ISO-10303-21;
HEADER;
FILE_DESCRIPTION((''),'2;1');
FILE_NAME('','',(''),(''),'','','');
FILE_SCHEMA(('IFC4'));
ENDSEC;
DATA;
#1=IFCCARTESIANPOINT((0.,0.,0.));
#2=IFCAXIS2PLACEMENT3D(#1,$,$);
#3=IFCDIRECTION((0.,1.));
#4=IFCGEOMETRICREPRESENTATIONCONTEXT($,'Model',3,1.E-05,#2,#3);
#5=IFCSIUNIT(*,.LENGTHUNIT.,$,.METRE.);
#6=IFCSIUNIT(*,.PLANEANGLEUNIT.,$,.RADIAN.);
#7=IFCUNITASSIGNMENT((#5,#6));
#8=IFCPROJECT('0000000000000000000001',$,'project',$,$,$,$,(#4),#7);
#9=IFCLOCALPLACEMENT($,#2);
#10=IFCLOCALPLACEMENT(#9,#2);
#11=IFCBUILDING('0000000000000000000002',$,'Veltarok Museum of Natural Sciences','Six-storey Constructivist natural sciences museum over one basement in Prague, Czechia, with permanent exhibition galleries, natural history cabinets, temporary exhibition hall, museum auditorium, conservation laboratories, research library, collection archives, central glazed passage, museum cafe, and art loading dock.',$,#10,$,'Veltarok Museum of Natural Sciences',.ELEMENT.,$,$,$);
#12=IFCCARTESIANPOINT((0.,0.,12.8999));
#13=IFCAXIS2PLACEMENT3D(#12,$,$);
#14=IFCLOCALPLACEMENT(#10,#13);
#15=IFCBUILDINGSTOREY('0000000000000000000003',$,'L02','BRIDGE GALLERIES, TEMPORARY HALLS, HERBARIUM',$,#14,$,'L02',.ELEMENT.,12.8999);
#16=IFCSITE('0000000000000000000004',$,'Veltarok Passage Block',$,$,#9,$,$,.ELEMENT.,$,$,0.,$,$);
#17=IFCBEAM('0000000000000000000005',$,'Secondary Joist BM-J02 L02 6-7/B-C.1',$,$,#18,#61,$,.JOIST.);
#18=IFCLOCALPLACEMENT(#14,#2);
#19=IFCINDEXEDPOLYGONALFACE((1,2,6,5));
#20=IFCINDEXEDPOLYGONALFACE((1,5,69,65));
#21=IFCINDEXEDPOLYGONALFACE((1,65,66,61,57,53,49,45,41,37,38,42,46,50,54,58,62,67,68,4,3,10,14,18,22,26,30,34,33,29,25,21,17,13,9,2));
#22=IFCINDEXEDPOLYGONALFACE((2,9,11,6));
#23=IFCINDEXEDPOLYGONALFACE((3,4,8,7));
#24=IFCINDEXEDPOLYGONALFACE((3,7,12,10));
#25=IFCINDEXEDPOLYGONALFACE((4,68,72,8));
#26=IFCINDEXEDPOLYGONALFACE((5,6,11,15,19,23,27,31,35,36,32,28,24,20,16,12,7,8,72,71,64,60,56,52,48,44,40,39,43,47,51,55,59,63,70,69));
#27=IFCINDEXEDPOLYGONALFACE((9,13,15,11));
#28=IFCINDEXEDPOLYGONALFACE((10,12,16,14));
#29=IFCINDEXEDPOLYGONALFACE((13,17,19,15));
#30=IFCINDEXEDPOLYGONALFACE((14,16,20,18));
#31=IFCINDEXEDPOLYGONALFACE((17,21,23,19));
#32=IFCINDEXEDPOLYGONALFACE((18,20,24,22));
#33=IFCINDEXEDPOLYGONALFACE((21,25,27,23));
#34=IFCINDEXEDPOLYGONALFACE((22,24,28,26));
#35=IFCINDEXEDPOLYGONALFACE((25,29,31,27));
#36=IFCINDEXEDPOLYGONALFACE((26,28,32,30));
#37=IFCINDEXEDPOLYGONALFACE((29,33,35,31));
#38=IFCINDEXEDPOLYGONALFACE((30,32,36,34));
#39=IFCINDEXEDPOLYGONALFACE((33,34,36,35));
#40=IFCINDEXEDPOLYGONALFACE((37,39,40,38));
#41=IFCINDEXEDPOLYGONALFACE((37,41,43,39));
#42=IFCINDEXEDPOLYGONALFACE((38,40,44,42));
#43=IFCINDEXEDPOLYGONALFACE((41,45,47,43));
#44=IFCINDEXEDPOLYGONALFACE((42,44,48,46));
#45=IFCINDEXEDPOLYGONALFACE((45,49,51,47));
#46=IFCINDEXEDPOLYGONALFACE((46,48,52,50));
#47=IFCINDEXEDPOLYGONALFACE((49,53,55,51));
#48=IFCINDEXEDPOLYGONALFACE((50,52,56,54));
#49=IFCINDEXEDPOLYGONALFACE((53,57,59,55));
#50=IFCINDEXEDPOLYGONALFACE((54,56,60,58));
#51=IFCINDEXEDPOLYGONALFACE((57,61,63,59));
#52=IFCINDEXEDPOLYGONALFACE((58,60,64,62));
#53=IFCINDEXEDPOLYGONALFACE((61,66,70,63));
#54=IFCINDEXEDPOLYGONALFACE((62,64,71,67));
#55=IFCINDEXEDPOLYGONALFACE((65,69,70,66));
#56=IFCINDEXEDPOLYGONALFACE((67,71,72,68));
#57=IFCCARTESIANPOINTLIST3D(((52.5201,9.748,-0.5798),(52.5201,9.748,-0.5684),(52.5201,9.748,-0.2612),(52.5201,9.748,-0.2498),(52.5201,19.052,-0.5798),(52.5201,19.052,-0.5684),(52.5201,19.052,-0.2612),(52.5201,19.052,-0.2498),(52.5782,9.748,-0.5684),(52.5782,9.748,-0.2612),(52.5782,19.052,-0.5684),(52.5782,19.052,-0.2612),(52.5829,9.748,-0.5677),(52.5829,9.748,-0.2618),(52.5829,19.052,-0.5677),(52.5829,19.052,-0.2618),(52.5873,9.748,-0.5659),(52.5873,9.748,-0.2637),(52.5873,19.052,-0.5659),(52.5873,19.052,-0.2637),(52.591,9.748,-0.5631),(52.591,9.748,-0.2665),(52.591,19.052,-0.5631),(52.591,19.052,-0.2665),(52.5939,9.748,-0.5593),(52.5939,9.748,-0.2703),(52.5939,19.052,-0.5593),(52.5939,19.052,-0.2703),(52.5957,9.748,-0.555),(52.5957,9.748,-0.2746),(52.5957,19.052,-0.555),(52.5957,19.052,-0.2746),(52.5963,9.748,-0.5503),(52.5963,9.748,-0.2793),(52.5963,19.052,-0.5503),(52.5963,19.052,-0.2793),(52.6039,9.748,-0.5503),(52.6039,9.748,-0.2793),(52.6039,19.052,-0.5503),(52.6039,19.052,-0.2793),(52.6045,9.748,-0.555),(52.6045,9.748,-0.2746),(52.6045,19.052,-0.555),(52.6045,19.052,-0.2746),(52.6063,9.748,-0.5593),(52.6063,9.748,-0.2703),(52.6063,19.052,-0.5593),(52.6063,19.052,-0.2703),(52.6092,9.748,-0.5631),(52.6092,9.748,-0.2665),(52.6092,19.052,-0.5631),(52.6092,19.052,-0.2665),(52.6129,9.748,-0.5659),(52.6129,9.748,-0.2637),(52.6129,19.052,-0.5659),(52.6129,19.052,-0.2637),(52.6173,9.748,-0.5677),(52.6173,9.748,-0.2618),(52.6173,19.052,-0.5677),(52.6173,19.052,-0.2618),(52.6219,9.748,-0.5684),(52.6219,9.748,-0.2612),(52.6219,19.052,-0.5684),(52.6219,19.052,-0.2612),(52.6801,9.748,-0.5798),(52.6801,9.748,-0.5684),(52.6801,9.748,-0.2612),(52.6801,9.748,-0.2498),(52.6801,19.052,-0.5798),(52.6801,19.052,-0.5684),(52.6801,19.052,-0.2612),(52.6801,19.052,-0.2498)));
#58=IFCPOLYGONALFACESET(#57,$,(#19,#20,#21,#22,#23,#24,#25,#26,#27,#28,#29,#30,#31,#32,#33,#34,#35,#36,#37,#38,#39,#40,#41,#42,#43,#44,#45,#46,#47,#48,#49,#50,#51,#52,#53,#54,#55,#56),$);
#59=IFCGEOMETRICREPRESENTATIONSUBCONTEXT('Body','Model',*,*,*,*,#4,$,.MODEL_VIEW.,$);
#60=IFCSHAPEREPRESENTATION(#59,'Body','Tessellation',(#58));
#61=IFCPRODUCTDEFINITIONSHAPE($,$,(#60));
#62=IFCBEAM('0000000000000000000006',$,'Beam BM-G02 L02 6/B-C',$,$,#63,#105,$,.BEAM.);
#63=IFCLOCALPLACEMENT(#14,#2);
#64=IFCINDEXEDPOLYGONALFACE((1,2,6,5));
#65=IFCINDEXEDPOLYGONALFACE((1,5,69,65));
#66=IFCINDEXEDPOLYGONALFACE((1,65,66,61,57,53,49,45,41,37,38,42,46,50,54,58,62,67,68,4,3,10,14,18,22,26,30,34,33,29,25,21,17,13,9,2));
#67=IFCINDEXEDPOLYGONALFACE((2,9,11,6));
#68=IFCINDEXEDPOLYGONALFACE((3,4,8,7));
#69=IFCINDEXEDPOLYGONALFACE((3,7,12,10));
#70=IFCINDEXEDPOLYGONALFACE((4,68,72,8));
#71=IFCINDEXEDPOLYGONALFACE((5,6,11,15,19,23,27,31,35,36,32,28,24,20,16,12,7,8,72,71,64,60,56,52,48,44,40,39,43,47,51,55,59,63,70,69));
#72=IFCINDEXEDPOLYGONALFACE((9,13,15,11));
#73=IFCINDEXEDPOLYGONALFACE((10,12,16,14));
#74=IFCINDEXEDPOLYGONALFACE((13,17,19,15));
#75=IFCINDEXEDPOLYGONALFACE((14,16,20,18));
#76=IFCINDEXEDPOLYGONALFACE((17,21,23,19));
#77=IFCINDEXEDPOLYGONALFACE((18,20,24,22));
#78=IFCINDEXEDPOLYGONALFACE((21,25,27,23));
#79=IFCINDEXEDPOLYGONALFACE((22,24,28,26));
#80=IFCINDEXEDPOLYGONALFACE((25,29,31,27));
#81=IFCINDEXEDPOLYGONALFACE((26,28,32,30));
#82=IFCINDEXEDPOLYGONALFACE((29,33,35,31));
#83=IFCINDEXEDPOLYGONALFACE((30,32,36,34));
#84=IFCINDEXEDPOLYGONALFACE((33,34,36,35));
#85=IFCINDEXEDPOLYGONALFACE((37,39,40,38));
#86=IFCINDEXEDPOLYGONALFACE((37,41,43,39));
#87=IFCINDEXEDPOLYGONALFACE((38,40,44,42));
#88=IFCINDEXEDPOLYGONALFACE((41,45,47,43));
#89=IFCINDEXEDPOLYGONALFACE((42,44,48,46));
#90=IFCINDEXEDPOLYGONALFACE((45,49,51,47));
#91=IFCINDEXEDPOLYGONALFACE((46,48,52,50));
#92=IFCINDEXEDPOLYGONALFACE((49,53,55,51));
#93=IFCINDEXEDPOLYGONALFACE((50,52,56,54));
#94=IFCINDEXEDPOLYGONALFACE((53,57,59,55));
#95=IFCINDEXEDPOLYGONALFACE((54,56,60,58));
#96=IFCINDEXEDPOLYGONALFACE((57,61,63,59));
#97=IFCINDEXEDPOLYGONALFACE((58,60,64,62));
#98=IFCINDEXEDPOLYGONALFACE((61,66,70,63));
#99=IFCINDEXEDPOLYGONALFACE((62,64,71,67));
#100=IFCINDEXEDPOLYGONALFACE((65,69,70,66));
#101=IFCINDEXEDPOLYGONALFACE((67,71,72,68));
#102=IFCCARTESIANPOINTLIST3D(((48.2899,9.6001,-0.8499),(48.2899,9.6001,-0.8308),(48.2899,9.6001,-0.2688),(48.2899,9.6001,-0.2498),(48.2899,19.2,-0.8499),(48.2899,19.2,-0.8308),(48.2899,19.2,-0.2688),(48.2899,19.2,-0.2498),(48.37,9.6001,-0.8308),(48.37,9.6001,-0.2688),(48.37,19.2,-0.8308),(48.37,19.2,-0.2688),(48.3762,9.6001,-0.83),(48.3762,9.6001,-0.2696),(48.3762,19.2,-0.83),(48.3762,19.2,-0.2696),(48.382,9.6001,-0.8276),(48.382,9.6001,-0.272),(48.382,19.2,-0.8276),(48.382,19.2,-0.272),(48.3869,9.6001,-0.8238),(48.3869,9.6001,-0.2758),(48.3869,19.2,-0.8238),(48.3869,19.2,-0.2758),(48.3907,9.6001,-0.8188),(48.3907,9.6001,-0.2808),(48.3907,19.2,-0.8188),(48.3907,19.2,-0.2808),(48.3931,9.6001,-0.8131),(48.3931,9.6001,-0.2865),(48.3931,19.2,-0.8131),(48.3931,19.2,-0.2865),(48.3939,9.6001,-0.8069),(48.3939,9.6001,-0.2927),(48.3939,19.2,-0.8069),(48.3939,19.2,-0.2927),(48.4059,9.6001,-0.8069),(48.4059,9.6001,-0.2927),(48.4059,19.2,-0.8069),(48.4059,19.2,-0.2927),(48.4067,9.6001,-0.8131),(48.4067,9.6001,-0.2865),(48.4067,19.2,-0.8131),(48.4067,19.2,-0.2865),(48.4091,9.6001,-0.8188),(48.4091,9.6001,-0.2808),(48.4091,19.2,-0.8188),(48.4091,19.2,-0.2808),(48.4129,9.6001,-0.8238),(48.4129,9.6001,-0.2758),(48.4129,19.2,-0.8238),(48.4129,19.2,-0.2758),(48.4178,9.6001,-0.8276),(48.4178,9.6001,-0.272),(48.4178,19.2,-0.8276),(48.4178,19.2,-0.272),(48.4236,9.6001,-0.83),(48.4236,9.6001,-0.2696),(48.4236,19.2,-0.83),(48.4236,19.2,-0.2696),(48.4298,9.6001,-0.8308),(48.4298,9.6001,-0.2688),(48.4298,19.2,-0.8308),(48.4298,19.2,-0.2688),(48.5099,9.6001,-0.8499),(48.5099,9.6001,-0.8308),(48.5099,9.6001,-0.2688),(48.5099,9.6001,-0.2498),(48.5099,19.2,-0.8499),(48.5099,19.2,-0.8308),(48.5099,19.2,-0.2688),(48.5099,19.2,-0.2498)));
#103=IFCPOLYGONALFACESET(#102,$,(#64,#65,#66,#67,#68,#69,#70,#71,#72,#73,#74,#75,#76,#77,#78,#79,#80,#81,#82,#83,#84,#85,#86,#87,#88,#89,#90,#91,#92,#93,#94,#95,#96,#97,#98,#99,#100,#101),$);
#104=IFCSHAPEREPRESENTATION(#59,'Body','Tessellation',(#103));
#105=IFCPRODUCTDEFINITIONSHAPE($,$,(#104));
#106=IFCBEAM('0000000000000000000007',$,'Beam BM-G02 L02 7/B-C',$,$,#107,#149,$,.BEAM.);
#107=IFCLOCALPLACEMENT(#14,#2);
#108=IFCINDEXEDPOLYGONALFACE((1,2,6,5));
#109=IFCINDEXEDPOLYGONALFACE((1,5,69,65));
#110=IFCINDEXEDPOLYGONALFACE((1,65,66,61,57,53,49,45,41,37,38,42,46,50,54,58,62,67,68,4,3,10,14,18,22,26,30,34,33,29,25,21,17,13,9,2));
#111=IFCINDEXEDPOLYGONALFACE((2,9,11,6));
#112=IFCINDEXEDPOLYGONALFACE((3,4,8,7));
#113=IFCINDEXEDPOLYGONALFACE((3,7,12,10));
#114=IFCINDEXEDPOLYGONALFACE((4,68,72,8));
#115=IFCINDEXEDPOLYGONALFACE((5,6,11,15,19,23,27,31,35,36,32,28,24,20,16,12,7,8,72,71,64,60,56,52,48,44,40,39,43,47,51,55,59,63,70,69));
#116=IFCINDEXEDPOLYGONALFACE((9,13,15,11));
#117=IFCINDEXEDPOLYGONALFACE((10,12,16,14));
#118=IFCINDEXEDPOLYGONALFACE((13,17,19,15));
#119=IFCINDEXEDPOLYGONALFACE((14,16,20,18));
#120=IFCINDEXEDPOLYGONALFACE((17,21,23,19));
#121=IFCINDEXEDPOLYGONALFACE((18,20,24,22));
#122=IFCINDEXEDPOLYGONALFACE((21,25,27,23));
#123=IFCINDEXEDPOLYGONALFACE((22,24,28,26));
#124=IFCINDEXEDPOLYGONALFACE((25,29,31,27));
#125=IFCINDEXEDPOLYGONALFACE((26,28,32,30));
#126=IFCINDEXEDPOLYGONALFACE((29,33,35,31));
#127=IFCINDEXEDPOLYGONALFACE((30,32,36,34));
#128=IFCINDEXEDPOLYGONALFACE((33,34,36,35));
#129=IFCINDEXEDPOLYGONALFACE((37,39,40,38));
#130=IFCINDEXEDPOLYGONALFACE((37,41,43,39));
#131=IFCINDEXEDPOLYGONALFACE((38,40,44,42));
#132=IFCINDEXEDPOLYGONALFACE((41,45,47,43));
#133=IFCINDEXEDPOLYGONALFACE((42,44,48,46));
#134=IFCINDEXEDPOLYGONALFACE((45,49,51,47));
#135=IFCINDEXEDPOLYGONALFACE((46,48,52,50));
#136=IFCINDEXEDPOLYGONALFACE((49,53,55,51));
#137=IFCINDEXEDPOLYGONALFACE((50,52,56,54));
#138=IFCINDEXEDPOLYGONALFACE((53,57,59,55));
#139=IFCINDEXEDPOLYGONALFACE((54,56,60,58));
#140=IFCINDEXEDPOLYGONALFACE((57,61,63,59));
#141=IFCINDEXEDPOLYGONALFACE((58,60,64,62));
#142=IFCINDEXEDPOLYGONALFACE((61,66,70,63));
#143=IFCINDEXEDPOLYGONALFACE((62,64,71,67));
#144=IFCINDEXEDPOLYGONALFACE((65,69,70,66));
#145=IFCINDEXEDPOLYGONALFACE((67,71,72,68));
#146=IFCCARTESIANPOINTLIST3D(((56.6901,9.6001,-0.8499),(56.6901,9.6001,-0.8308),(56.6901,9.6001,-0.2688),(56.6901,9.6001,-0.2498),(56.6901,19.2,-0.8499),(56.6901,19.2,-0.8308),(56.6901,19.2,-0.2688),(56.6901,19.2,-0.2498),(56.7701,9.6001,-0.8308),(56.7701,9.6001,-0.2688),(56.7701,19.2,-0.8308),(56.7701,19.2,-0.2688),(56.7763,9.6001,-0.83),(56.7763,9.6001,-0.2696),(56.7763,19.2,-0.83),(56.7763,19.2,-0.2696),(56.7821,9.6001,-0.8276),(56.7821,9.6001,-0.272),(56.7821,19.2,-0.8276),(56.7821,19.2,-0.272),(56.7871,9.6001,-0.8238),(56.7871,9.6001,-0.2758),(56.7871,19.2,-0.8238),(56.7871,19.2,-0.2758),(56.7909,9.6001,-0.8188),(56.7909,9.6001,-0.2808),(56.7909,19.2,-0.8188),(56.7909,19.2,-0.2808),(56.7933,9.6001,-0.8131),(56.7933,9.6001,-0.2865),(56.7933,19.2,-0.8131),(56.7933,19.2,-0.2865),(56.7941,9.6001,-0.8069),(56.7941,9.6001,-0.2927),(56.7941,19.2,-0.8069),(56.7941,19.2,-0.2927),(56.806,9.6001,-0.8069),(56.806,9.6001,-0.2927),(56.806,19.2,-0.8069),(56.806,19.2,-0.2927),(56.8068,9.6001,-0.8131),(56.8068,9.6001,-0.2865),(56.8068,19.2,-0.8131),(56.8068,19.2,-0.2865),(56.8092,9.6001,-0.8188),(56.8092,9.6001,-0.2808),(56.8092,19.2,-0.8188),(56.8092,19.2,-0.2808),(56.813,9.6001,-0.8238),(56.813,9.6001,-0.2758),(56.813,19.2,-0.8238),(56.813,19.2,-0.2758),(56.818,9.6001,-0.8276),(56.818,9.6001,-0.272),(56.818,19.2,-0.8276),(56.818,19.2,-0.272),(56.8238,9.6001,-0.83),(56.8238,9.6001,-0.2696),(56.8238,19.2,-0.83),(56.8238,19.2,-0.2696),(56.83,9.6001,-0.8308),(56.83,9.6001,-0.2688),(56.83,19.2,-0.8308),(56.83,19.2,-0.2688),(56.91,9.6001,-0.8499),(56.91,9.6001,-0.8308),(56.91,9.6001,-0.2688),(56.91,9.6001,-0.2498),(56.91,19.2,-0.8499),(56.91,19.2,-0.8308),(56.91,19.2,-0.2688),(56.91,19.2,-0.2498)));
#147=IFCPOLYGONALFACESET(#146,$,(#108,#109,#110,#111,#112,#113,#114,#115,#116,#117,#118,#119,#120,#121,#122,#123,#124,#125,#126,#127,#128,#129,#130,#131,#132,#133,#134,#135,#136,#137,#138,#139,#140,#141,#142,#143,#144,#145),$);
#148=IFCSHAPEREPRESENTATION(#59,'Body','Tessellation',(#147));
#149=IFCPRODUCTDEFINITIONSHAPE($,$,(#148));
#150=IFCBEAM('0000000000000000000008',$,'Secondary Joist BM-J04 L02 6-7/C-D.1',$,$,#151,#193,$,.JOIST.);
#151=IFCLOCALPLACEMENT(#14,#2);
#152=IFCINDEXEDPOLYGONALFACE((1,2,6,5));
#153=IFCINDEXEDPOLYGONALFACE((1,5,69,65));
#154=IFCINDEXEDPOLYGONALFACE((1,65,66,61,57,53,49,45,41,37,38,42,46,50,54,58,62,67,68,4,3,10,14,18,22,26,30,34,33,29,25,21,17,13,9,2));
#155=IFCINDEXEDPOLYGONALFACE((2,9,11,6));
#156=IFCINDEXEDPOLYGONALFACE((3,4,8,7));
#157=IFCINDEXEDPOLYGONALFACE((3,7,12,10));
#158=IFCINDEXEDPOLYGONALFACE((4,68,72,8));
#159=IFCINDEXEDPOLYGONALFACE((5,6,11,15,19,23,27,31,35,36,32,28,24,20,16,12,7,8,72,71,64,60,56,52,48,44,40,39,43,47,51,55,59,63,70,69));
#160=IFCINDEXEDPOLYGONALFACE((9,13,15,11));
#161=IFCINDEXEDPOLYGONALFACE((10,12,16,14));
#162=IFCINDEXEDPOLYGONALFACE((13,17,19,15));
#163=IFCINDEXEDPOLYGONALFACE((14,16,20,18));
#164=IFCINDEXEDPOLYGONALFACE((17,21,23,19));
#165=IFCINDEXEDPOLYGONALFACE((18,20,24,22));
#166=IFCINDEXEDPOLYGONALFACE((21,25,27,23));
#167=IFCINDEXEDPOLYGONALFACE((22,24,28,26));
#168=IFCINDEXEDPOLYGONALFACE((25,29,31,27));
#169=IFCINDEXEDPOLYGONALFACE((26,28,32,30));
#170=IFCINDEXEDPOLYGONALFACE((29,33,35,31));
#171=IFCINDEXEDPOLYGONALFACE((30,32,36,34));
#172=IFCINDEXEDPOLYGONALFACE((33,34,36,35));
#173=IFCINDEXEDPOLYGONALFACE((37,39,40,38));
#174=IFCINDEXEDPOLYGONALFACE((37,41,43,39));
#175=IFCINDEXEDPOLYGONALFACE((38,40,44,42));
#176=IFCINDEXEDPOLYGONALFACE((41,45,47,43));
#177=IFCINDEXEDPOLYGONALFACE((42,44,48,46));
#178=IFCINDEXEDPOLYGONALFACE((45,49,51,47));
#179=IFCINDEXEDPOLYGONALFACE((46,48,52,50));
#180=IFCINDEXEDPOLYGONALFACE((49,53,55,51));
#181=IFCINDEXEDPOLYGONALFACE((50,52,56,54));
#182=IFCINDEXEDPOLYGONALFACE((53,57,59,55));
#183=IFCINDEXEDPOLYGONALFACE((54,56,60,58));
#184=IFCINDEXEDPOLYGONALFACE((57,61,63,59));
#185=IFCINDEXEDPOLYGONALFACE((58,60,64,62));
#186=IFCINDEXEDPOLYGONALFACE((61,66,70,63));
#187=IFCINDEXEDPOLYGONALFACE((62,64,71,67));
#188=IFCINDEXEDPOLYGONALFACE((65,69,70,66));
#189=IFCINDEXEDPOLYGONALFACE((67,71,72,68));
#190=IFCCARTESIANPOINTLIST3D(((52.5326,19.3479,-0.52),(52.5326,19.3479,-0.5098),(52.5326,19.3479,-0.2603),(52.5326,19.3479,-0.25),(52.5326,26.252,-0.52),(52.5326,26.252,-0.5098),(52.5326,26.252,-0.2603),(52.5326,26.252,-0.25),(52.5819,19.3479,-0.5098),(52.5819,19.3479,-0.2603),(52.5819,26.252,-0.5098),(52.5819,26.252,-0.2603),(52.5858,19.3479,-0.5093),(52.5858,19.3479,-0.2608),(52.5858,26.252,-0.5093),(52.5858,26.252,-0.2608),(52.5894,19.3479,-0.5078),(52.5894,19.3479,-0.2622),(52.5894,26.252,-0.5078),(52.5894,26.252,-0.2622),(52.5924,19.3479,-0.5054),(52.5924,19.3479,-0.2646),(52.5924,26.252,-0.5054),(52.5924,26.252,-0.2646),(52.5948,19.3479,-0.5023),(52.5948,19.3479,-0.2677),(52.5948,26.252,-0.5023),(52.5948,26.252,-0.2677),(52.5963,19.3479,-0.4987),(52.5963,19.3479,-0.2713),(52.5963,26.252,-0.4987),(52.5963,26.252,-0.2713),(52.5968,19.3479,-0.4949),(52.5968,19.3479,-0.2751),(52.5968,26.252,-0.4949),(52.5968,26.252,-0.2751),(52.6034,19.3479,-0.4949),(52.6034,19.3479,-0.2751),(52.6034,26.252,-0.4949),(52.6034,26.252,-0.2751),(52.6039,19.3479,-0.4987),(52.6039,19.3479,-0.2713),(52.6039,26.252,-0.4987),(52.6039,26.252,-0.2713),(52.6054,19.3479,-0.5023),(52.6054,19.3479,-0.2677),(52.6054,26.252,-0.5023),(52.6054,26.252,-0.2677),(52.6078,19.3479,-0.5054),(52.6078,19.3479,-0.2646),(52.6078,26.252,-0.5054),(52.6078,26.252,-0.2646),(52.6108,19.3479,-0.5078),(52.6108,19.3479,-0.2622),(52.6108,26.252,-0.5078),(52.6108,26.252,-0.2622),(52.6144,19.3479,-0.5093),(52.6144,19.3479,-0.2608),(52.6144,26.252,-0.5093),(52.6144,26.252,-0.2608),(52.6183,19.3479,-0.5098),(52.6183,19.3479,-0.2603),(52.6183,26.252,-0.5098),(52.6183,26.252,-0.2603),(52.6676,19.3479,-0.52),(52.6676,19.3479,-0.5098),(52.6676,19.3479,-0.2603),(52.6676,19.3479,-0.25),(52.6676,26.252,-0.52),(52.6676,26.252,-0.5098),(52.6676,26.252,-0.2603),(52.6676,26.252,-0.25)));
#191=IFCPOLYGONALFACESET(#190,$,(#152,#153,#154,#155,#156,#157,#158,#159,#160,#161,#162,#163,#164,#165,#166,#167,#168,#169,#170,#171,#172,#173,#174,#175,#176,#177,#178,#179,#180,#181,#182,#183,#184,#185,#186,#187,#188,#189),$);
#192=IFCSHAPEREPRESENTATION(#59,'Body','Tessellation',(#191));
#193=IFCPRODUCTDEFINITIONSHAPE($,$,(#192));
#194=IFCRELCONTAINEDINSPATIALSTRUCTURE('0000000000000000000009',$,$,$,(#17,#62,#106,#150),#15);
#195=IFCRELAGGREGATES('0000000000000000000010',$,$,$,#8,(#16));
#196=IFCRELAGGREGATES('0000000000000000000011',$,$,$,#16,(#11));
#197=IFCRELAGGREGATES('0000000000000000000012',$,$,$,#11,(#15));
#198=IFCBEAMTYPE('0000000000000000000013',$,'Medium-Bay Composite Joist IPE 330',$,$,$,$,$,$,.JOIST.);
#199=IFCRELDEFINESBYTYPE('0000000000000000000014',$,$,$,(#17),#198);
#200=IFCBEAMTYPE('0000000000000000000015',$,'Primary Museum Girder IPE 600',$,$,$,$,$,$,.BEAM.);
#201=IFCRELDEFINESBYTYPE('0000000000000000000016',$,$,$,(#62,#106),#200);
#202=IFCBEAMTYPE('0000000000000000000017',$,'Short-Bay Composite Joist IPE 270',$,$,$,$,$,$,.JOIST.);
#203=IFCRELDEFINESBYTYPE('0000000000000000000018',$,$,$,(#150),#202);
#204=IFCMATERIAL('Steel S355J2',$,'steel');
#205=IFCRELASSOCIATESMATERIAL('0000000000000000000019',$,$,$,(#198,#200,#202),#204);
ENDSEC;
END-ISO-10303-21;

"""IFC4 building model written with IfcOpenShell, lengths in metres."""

from ifc_helpers import new_model, si_unit, direction, frame, origin, origin_2d, place, context, subcontext, project, spatial, i_section, extrude, material, material_profile, profile_set, type_object, element, save


model = new_model("IFC4")

# Units and contexts
model_context = context("Model", 3, precision=1e-05, world=origin(), true_north=direction((0.0, 1.0)))
body_context = subcontext(model_context, "Body", "Model", "MODEL_VIEW")
ifc_project = project(units=[si_unit("LENGTHUNIT", "METRE"), si_unit("PLANEANGLEUNIT", "RADIAN")], contexts=[model_context])

# Site, building, storey
site_placement = place(None, origin())
site = spatial("IfcSite", under=ifc_project, at=site_placement, Name="Veltarok Passage Block", CompositionType="ELEMENT", RefElevation=0.0)
building_placement = place(site_placement, origin())
building = spatial("IfcBuilding", under=site, at=building_placement, Name="Veltarok Museum of Natural Sciences", Description="Six-storey Constructivist natural sciences museum over one basement in Prague, Czechia, with permanent exhibition galleries, natural history cabinets, temporary exhibition hall, museum auditorium, conservation laboratories, research library, collection archives, central glazed passage, museum cafe, and art loading dock.", LongName="Veltarok Museum of Natural Sciences", CompositionType="ELEMENT")
storey_placement = place(building_placement, frame((0.0, 0.0, 12.8999)))
storey = spatial("IfcBuildingStorey", under=building, at=storey_placement, Name="L02", Description="BRIDGE GALLERIES, TEMPORARY HALLS, HERBARIUM", LongName="L02", CompositionType="ELEMENT", Elevation=12.8999)

# Shared definitions
ifc_material_1 = material(Name="Steel S355J2", Category="steel")

# Beams
ifc_material_profile_1 = material_profile(ifc_material_1, i_section(OverallWidth=0.1599, OverallDepth=0.3301, WebThickness=0.0076, FlangeThickness=0.0115, FilletRadius=0.0181, at=origin_2d()), Name="IPE 330")
ifc_profile_set_1 = profile_set([ifc_material_profile_1], Name="Steel S355J2")
beam_type_1 = type_object("IfcBeamType", Name="Medium-Bay Composite Joist IPE 330", PredefinedType="JOIST", material=ifc_profile_set_1)
beam_1_placement = place(storey_placement, frame((52.6001, 9.748, -0.4148), z_axis=(0.0, 1.0, 0.0), x_axis=(-1.0, 0.0, 0.0)))
element("IfcBeam", 1, at=beam_1_placement, inside=storey, type_object=beam_type_1, Name="Secondary Joist BM-J02 L02 6-7/B-C.1", PredefinedType="JOIST", context=body_context, shape_type="SweptSolid", body=[
    extrude(i_section(OverallWidth=0.1599, OverallDepth=0.3301, WebThickness=0.0076, FlangeThickness=0.0115, FilletRadius=0.0181, at=origin_2d()), origin(), (0.0, 0.0, 1.0), 9.304),
])
ifc_material_profile_2 = material_profile(ifc_material_1, i_section(OverallWidth=0.22, OverallDepth=0.6001, WebThickness=0.012, FlangeThickness=0.019, FilletRadius=0.0239, at=origin_2d()), Name="IPE 600")
ifc_profile_set_2 = profile_set([ifc_material_profile_2], Name="Steel S355J2")
beam_type_2 = type_object("IfcBeamType", Name="Primary Museum Girder IPE 600", PredefinedType="BEAM", material=ifc_profile_set_2)
for number, where, z_axis, x_axis, name in (
    (2, (48.3999, 9.6001, -0.5498), (0.0, 1.0, 0.0), (-1.0, 0.0, 0.0), "Beam BM-G02 L02 6/B-C"),
    (3, (56.8, 9.6001, -0.5498), (0.0, 1.0, 0.0), (-1.0, 0.0, 0.0), "Beam BM-G02 L02 7/B-C"),
):
    element("IfcBeam", number, at=place(storey_placement, frame(where, z_axis=z_axis, x_axis=x_axis)), inside=storey, type_object=beam_type_2, Name=name, PredefinedType="BEAM", context=body_context, shape_type="SweptSolid", body=[
        extrude(i_section(OverallWidth=0.22, OverallDepth=0.6001, WebThickness=0.012, FlangeThickness=0.019, FilletRadius=0.0239, at=origin_2d()), origin(), (0.0, 0.0, 1.0), 9.5999),
    ])
ifc_material_profile_3 = material_profile(ifc_material_1, i_section(OverallWidth=0.135, OverallDepth=0.27, WebThickness=0.0066, FlangeThickness=0.0103, FilletRadius=0.0149, at=origin_2d()), Name="IPE 270")
ifc_profile_set_3 = profile_set([ifc_material_profile_3], Name="Steel S355J2")
beam_type_3 = type_object("IfcBeamType", Name="Short-Bay Composite Joist IPE 270", PredefinedType="JOIST", material=ifc_profile_set_3)
beam_2_placement = place(storey_placement, frame((52.6001, 19.3479, -0.385), z_axis=(0.0, 1.0, 0.0), x_axis=(-1.0, 0.0, 0.0)))
element("IfcBeam", 4, at=beam_2_placement, inside=storey, type_object=beam_type_3, Name="Secondary Joist BM-J04 L02 6-7/C-D.1", PredefinedType="JOIST", context=body_context, shape_type="SweptSolid", body=[
    extrude(i_section(OverallWidth=0.135, OverallDepth=0.27, WebThickness=0.0066, FlangeThickness=0.0103, FilletRadius=0.0149, at=origin_2d()), origin(), (0.0, 0.0, 1.0), 6.9041),
])

save(model, "model.ifc")
